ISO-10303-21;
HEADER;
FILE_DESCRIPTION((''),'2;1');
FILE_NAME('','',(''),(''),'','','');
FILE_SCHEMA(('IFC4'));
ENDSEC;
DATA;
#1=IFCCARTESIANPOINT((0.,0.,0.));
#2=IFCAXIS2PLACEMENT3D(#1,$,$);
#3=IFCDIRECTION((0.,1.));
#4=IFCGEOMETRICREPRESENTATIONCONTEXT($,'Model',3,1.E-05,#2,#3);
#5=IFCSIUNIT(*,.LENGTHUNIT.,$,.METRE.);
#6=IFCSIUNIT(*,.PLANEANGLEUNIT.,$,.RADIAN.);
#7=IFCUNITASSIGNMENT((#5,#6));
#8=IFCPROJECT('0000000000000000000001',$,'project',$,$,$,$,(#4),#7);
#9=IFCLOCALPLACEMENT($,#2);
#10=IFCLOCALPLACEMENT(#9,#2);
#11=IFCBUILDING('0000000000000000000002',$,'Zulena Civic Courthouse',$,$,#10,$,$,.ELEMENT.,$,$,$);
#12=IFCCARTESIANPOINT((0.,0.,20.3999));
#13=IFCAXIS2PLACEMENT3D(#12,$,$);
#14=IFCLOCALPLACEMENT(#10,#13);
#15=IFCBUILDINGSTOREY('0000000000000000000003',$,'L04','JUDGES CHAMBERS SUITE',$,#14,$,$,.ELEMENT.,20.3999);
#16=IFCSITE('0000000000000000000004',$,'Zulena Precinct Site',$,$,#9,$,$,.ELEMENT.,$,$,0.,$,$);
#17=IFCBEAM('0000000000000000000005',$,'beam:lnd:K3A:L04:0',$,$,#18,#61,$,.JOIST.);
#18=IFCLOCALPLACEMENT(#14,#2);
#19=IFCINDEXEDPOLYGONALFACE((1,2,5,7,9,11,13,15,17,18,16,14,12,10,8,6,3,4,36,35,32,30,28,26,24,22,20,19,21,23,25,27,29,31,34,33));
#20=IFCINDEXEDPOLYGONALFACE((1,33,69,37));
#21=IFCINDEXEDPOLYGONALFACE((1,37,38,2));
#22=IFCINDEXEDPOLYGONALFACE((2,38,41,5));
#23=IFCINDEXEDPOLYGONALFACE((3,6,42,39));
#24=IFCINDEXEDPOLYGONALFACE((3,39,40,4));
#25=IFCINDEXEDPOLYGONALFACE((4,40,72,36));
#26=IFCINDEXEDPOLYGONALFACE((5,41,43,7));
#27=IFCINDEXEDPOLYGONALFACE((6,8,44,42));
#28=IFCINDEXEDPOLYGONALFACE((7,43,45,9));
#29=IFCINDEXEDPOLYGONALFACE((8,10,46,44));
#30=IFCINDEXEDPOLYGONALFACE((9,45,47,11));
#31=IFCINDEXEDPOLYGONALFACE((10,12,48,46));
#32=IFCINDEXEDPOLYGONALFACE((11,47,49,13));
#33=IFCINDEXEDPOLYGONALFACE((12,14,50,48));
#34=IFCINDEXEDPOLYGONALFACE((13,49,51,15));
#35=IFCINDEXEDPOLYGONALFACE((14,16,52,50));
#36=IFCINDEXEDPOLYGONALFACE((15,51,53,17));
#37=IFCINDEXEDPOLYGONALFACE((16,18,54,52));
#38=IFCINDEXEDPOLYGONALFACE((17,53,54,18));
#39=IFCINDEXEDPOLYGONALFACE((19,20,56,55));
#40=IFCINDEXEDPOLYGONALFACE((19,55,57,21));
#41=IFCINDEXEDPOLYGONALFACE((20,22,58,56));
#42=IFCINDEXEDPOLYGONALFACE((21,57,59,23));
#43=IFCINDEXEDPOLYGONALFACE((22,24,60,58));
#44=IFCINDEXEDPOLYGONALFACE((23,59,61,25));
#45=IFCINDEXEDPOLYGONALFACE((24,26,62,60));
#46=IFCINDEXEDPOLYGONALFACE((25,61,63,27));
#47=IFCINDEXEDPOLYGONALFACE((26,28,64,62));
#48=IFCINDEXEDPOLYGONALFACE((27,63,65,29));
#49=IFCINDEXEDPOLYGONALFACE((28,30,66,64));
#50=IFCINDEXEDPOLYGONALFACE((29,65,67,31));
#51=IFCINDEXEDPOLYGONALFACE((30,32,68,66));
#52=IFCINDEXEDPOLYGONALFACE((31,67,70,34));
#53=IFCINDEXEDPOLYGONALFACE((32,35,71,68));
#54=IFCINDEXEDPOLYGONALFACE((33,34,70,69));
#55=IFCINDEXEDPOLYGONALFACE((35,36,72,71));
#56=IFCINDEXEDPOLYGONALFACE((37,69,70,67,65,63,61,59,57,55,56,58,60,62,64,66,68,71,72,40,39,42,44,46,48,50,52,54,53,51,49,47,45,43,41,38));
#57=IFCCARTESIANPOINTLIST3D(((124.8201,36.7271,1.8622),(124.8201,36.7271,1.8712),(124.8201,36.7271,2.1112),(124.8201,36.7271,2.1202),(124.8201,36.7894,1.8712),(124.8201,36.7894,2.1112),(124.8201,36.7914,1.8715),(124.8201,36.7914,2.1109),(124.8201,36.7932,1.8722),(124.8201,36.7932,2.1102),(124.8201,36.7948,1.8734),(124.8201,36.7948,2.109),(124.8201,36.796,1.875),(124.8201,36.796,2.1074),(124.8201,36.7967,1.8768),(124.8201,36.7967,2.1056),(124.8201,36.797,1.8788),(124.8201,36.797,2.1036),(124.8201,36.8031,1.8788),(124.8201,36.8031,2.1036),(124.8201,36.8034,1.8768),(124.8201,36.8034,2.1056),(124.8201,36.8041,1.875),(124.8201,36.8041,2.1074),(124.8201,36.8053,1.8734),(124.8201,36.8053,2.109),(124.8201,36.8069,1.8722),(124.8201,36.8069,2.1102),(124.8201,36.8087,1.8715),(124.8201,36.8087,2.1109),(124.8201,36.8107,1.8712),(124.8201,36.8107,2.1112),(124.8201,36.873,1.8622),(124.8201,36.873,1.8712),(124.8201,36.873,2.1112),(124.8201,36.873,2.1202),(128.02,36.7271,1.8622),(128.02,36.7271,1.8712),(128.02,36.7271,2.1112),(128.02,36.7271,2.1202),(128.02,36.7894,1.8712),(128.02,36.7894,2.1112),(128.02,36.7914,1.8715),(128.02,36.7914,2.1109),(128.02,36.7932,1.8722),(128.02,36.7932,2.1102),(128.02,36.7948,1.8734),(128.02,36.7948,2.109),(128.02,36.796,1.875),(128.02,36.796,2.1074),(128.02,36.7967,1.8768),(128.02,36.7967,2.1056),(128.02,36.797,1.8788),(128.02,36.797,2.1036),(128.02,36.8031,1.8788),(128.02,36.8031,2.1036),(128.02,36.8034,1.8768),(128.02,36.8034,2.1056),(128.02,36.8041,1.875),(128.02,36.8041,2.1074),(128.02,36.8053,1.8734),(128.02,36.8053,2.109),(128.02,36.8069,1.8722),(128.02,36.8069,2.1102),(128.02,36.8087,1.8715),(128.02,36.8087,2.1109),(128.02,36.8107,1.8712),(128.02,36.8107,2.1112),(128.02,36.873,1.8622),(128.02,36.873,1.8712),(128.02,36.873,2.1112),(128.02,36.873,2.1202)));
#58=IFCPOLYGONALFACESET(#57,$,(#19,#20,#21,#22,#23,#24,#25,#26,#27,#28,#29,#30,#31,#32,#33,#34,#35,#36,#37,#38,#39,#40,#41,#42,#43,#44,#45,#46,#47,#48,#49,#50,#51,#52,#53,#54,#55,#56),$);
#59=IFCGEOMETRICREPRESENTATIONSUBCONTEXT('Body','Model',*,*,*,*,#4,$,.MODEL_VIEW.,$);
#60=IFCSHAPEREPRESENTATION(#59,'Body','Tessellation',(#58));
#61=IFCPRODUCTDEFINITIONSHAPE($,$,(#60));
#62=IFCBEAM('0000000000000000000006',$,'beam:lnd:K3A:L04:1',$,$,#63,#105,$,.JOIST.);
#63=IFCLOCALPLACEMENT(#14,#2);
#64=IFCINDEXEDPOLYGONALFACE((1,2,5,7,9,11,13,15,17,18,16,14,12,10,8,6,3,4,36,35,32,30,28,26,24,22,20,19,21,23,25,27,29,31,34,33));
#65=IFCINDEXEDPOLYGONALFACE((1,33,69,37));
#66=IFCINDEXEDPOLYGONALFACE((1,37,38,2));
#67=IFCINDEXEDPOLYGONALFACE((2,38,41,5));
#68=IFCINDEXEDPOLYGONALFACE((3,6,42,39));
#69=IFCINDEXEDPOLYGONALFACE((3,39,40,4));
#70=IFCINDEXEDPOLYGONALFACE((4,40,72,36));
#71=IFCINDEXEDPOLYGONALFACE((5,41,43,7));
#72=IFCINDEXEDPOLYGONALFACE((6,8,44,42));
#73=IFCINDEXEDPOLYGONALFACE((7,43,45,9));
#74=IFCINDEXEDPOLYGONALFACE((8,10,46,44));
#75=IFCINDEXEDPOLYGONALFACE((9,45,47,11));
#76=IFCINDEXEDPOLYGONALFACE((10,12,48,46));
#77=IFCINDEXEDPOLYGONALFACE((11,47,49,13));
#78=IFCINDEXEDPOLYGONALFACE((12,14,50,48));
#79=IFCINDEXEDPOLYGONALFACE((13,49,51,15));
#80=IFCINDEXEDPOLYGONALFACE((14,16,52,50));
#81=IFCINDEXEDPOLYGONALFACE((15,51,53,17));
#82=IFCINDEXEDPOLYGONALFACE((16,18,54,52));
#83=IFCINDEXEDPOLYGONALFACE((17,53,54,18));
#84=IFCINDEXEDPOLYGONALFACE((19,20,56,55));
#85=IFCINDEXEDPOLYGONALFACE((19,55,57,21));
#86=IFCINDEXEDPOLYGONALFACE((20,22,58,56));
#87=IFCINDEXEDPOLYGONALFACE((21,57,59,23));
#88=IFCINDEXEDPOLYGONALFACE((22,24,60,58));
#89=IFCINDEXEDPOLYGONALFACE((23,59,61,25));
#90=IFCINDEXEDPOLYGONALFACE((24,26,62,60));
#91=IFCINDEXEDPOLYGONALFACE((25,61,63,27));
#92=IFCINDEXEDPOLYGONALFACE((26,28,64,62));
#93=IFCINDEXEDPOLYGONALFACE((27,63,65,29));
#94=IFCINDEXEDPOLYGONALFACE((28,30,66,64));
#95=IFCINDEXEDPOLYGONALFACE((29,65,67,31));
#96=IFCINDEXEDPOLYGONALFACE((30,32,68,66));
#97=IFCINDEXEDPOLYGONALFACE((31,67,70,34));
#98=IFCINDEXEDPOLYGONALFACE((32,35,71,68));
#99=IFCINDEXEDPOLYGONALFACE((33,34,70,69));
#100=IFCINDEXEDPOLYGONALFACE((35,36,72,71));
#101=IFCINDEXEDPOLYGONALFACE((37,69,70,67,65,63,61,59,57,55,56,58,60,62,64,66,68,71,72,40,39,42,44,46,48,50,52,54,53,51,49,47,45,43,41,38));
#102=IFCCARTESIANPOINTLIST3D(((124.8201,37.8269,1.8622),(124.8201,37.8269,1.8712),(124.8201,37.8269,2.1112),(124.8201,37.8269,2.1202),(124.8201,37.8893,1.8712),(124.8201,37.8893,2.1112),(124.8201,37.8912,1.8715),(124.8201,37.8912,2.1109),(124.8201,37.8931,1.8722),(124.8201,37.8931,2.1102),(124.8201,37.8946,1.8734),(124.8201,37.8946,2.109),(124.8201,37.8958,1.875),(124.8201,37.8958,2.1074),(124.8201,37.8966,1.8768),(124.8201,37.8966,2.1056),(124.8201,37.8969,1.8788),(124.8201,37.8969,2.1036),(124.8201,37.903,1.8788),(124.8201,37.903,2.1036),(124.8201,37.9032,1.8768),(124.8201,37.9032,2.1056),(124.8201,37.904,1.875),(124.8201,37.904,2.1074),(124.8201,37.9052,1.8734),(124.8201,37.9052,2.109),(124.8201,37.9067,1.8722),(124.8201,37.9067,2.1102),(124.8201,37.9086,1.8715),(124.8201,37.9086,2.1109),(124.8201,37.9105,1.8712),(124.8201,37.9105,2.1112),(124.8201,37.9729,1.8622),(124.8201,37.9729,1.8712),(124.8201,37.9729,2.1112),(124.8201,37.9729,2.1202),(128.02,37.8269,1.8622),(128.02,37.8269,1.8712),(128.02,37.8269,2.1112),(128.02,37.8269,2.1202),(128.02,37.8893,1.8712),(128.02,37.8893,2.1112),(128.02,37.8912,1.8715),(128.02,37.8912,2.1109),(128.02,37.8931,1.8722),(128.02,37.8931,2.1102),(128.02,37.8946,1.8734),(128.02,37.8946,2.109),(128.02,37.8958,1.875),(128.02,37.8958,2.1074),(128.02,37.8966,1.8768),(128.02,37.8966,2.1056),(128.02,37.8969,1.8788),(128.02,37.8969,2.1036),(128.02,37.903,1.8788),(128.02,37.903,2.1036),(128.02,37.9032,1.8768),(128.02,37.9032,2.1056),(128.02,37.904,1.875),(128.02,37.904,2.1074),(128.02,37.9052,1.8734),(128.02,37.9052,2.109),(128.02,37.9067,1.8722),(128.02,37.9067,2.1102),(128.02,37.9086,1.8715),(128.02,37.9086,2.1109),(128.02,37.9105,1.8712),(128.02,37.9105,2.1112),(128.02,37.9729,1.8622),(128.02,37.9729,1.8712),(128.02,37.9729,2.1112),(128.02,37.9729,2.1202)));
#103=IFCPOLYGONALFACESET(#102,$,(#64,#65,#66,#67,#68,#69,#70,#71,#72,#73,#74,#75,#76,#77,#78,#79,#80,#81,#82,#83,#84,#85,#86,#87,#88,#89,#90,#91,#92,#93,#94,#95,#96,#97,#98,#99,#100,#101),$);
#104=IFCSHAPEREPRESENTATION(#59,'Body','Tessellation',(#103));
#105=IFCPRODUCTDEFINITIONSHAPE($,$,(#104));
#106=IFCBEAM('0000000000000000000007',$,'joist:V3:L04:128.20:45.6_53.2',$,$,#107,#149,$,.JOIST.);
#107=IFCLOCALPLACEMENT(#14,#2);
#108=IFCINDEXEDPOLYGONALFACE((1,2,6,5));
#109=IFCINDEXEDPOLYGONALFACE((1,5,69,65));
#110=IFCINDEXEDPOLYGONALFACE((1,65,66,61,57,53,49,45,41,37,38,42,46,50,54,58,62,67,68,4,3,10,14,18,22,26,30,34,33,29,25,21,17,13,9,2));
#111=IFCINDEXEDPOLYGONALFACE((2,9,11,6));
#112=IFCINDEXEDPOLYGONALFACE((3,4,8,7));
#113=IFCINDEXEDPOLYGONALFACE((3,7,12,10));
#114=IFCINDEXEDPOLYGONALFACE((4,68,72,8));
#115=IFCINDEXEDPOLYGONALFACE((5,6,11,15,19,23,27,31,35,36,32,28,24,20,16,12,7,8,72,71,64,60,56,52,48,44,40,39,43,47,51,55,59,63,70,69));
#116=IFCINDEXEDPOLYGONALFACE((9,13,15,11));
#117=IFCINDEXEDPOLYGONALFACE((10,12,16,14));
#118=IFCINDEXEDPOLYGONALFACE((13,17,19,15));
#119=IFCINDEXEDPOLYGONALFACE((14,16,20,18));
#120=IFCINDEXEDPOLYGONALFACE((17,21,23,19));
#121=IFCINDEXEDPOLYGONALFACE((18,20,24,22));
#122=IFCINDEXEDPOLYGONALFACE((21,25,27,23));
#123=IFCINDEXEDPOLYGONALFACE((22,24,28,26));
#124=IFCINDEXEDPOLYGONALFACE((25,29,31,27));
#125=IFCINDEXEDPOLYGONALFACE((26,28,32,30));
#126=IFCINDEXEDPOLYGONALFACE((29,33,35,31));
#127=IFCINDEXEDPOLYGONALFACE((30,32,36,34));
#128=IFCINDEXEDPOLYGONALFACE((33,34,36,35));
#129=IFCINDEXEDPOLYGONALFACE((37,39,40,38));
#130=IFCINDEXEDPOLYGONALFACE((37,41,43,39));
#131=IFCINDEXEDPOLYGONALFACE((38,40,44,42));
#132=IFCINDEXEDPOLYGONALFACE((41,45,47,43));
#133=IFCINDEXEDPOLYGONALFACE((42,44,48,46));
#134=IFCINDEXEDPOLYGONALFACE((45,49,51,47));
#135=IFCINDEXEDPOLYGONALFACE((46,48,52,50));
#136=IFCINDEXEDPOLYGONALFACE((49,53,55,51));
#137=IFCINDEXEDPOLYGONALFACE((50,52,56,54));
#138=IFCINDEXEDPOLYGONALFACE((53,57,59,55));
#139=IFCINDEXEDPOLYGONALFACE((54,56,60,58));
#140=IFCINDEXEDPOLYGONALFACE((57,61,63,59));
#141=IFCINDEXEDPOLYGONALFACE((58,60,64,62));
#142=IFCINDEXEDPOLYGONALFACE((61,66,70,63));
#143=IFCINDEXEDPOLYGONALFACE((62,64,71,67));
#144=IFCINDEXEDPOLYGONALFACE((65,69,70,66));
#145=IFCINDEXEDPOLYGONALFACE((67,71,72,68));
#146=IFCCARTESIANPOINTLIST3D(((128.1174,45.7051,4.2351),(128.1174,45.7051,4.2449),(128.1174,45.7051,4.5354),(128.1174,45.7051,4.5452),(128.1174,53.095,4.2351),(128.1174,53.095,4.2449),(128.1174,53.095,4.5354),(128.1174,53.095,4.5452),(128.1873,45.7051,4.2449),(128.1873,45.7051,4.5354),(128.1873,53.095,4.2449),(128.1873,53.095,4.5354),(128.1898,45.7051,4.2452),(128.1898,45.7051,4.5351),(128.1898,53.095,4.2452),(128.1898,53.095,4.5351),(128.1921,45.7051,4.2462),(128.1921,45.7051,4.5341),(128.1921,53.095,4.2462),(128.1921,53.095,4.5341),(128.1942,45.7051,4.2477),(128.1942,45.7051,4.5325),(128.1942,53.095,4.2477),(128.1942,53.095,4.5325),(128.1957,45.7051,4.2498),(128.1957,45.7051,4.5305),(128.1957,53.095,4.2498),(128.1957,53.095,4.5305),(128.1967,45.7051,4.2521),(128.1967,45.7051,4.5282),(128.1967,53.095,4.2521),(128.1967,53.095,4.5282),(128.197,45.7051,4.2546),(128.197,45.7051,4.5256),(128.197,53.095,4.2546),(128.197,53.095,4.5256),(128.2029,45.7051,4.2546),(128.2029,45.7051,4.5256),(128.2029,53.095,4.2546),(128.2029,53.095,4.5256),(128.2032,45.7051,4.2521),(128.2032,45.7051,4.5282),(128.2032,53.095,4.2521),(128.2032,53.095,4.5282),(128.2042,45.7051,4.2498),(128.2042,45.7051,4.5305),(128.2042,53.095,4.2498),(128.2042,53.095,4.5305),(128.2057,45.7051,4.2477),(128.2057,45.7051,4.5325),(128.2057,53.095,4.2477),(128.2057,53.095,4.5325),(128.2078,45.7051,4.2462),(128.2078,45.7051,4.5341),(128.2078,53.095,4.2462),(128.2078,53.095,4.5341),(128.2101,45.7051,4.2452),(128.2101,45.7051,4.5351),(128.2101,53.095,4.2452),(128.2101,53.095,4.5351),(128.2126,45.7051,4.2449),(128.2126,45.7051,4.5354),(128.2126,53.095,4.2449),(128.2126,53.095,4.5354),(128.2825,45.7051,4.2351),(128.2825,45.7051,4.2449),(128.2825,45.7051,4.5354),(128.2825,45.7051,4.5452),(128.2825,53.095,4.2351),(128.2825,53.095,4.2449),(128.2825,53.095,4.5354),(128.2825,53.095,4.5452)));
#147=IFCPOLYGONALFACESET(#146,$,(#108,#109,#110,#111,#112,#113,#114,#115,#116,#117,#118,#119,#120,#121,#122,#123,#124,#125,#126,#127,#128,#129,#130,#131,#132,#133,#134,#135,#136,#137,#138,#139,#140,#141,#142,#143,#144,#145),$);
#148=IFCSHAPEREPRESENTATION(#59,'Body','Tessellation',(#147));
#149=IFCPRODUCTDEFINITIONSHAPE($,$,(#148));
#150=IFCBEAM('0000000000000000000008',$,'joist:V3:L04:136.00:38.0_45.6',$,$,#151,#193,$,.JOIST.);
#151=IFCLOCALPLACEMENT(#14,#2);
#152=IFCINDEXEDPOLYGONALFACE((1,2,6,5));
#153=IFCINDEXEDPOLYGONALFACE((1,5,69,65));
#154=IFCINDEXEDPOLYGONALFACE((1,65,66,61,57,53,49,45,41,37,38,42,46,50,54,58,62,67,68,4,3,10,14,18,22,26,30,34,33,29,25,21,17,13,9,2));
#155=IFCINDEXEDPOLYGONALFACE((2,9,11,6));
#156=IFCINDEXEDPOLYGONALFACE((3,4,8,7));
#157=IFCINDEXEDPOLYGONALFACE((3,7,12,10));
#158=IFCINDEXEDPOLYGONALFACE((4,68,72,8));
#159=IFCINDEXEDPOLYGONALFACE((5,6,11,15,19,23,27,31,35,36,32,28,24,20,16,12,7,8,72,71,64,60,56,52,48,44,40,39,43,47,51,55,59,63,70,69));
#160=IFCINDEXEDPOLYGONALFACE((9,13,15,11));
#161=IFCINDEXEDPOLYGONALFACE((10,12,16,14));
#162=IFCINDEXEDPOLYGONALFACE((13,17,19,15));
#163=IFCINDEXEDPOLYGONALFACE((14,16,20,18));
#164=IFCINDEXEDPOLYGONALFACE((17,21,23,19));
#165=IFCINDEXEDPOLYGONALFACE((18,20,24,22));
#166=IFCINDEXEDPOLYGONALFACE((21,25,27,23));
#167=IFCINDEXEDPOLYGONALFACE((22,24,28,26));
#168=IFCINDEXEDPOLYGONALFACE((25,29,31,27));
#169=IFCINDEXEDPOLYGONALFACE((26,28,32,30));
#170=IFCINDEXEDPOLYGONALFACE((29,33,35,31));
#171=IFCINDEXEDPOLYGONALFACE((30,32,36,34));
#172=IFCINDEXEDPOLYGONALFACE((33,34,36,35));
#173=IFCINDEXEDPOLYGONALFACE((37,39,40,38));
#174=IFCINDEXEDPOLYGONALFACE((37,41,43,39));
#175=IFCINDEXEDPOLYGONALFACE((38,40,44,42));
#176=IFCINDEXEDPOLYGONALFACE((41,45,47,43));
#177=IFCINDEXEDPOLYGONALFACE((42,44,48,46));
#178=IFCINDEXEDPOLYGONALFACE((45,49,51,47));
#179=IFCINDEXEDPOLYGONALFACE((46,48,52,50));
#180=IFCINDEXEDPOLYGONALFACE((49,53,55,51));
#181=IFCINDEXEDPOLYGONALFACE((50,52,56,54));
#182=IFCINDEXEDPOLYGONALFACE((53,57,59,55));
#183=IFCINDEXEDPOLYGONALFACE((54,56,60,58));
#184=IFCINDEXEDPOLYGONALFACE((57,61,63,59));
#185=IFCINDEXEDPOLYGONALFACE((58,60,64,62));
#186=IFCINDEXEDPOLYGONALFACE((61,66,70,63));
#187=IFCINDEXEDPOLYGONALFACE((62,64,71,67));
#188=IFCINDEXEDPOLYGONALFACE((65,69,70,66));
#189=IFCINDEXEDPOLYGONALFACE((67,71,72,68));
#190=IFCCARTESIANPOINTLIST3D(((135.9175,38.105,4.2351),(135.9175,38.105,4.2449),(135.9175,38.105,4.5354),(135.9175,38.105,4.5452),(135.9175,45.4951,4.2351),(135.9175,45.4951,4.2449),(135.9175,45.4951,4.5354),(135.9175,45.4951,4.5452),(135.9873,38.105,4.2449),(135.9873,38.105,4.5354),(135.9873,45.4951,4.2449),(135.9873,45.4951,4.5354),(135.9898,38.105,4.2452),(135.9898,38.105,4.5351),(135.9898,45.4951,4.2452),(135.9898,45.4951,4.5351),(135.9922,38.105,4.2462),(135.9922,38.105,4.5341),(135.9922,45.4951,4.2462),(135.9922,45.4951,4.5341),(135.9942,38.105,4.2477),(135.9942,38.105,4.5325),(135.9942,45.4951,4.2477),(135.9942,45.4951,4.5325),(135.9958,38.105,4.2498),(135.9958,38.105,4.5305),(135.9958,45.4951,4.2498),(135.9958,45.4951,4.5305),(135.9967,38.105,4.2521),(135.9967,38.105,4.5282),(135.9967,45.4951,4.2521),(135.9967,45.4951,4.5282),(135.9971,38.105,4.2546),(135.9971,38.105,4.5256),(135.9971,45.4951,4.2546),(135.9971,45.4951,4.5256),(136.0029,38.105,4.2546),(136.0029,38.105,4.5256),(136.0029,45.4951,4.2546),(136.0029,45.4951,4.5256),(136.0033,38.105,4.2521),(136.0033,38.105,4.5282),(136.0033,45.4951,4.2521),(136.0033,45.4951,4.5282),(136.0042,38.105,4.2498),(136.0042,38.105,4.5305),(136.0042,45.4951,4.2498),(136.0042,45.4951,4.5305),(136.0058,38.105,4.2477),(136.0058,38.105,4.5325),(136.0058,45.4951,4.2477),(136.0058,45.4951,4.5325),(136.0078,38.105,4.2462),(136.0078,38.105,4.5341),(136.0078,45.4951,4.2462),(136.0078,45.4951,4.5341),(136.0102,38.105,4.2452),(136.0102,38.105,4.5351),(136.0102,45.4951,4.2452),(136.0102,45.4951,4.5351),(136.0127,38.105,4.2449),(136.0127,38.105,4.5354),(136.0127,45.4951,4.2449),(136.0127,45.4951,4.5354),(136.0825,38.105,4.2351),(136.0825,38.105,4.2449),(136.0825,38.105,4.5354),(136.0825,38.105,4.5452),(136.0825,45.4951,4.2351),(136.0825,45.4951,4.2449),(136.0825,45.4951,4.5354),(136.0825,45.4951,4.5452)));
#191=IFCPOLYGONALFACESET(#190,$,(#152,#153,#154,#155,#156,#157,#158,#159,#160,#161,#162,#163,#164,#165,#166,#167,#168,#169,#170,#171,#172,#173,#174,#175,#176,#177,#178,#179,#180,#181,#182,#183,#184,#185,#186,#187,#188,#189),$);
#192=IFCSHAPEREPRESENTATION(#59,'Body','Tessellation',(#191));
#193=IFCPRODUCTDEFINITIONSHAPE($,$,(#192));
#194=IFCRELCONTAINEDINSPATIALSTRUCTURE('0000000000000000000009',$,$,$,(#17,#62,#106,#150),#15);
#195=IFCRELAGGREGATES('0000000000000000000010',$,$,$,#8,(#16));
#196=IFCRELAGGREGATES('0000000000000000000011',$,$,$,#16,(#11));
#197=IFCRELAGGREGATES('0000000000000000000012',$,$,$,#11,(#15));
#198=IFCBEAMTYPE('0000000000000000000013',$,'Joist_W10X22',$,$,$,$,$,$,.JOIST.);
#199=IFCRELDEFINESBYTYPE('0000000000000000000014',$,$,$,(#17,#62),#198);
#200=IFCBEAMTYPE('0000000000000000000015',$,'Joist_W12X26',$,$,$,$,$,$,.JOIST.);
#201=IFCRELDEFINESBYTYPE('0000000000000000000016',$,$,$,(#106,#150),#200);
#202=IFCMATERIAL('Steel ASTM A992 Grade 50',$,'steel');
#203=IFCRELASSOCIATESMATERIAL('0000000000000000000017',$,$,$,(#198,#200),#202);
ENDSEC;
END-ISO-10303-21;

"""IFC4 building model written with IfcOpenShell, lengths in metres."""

from ifc_helpers import new_model, si_unit, direction, frame, origin, origin_2d, place, context, subcontext, project, spatial, i_section, extrude, material, material_profile, profile_set, type_object, element, save


model = new_model("IFC4")

# Units and contexts
model_context = context("Model", 3, precision=1e-05, world=origin(), true_north=direction((0.0, 1.0)))
body_context = subcontext(model_context, "Body", "Model", "MODEL_VIEW")
ifc_project = project(units=[si_unit("LENGTHUNIT", "METRE"), si_unit("PLANEANGLEUNIT", "RADIAN")], contexts=[model_context])

# Site, building, storey
site_placement = place(None, origin())
site = spatial("IfcSite", under=ifc_project, at=site_placement, Name="Zulena Precinct Site", CompositionType="ELEMENT", RefElevation=0.0)
building_placement = place(site_placement, origin())
building = spatial("IfcBuilding", under=site, at=building_placement, Name="Zulena Civic Courthouse", CompositionType="ELEMENT")
storey_placement = place(building_placement, frame((0.0, 0.0, 20.3999)))
storey = spatial("IfcBuildingStorey", under=building, at=storey_placement, Name="L04", Description="JUDGES CHAMBERS SUITE", CompositionType="ELEMENT", Elevation=20.3999)

# Shared definitions
ifc_material_1 = material(Name="Steel ASTM A992 Grade 50", Category="steel")

# Beams
ifc_material_profile_1 = material_profile(ifc_material_1, i_section(OverallWidth=0.146, OverallDepth=0.2581, WebThickness=0.0061, FlangeThickness=0.009, FilletRadius=0.0076, at=origin_2d()), Name="W10X22")
ifc_profile_set_1 = profile_set([ifc_material_profile_1], Name="Steel ASTM A992 Grade 50")
beam_type_1 = type_object("IfcBeamType", Name="Joist_W10X22", PredefinedType="JOIST", material=ifc_profile_set_1)
for number, where, z_axis, x_axis, name in (
    (1, (124.8201, 36.8, 1.9912), (1.0, 0.0, 0.0), (0.0, 1.0, 0.0), "beam:lnd:K3A:L04:0"),
    (2, (124.8201, 37.8999, 1.9912), (1.0, 0.0, 0.0), (0.0, 1.0, 0.0), "beam:lnd:K3A:L04:1"),
):
    element("IfcBeam", number, at=place(storey_placement, frame(where, z_axis=z_axis, x_axis=x_axis)), inside=storey, type_object=beam_type_1, Name=name, PredefinedType="JOIST", context=body_context, shape_type="SweptSolid", body=[
        extrude(i_section(OverallWidth=0.146, OverallDepth=0.2581, WebThickness=0.0061, FlangeThickness=0.009, FilletRadius=0.0076, at=origin_2d()), origin(), (0.0, 0.0, 1.0), 3.2),
    ])
ifc_material_profile_2 = material_profile(ifc_material_1, i_section(OverallWidth=0.165, OverallDepth=0.3101, WebThickness=0.0059, FlangeThickness=0.0098, FilletRadius=0.0098, at=origin_2d()), Name="W12X26")
ifc_profile_set_2 = profile_set([ifc_material_profile_2], Name="Steel ASTM A992 Grade 50")
beam_type_2 = type_object("IfcBeamType", Name="Joist_W12X26", PredefinedType="JOIST", material=ifc_profile_set_2)
beam_1_placement = place(storey_placement, frame((128.2, 45.7051, 4.3901), z_axis=(0.0, 1.0, 0.0), x_axis=(-1.0, 0.0, 0.0)))
element("IfcBeam", 3, at=beam_1_placement, inside=storey, type_object=beam_type_2, Name="joist:V3:L04:128.20:45.6_53.2", PredefinedType="JOIST", context=body_context, shape_type="SweptSolid", body=[
    extrude(i_section(OverallWidth=0.165, OverallDepth=0.3101, WebThickness=0.0059, FlangeThickness=0.0098, FilletRadius=0.0098, at=origin_2d()), origin(), (0.0, 0.0, 1.0), 7.3899),
])
beam_2_placement = place(storey_placement, frame((136.0, 38.105, 4.3901), z_axis=(0.0, 1.0, 0.0), x_axis=(-1.0, 0.0, 0.0)))
element("IfcBeam", 4, at=beam_2_placement, inside=storey, type_object=beam_type_2, Name="joist:V3:L04:136.00:38.0_45.6", PredefinedType="JOIST", context=body_context, shape_type="SweptSolid", body=[
    extrude(i_section(OverallWidth=0.165, OverallDepth=0.3101, WebThickness=0.0059, FlangeThickness=0.0098, FilletRadius=0.0098, at=origin_2d()), origin(), (0.0, 0.0, 1.0), 7.3901),
])

save(model, "model.ifc")
